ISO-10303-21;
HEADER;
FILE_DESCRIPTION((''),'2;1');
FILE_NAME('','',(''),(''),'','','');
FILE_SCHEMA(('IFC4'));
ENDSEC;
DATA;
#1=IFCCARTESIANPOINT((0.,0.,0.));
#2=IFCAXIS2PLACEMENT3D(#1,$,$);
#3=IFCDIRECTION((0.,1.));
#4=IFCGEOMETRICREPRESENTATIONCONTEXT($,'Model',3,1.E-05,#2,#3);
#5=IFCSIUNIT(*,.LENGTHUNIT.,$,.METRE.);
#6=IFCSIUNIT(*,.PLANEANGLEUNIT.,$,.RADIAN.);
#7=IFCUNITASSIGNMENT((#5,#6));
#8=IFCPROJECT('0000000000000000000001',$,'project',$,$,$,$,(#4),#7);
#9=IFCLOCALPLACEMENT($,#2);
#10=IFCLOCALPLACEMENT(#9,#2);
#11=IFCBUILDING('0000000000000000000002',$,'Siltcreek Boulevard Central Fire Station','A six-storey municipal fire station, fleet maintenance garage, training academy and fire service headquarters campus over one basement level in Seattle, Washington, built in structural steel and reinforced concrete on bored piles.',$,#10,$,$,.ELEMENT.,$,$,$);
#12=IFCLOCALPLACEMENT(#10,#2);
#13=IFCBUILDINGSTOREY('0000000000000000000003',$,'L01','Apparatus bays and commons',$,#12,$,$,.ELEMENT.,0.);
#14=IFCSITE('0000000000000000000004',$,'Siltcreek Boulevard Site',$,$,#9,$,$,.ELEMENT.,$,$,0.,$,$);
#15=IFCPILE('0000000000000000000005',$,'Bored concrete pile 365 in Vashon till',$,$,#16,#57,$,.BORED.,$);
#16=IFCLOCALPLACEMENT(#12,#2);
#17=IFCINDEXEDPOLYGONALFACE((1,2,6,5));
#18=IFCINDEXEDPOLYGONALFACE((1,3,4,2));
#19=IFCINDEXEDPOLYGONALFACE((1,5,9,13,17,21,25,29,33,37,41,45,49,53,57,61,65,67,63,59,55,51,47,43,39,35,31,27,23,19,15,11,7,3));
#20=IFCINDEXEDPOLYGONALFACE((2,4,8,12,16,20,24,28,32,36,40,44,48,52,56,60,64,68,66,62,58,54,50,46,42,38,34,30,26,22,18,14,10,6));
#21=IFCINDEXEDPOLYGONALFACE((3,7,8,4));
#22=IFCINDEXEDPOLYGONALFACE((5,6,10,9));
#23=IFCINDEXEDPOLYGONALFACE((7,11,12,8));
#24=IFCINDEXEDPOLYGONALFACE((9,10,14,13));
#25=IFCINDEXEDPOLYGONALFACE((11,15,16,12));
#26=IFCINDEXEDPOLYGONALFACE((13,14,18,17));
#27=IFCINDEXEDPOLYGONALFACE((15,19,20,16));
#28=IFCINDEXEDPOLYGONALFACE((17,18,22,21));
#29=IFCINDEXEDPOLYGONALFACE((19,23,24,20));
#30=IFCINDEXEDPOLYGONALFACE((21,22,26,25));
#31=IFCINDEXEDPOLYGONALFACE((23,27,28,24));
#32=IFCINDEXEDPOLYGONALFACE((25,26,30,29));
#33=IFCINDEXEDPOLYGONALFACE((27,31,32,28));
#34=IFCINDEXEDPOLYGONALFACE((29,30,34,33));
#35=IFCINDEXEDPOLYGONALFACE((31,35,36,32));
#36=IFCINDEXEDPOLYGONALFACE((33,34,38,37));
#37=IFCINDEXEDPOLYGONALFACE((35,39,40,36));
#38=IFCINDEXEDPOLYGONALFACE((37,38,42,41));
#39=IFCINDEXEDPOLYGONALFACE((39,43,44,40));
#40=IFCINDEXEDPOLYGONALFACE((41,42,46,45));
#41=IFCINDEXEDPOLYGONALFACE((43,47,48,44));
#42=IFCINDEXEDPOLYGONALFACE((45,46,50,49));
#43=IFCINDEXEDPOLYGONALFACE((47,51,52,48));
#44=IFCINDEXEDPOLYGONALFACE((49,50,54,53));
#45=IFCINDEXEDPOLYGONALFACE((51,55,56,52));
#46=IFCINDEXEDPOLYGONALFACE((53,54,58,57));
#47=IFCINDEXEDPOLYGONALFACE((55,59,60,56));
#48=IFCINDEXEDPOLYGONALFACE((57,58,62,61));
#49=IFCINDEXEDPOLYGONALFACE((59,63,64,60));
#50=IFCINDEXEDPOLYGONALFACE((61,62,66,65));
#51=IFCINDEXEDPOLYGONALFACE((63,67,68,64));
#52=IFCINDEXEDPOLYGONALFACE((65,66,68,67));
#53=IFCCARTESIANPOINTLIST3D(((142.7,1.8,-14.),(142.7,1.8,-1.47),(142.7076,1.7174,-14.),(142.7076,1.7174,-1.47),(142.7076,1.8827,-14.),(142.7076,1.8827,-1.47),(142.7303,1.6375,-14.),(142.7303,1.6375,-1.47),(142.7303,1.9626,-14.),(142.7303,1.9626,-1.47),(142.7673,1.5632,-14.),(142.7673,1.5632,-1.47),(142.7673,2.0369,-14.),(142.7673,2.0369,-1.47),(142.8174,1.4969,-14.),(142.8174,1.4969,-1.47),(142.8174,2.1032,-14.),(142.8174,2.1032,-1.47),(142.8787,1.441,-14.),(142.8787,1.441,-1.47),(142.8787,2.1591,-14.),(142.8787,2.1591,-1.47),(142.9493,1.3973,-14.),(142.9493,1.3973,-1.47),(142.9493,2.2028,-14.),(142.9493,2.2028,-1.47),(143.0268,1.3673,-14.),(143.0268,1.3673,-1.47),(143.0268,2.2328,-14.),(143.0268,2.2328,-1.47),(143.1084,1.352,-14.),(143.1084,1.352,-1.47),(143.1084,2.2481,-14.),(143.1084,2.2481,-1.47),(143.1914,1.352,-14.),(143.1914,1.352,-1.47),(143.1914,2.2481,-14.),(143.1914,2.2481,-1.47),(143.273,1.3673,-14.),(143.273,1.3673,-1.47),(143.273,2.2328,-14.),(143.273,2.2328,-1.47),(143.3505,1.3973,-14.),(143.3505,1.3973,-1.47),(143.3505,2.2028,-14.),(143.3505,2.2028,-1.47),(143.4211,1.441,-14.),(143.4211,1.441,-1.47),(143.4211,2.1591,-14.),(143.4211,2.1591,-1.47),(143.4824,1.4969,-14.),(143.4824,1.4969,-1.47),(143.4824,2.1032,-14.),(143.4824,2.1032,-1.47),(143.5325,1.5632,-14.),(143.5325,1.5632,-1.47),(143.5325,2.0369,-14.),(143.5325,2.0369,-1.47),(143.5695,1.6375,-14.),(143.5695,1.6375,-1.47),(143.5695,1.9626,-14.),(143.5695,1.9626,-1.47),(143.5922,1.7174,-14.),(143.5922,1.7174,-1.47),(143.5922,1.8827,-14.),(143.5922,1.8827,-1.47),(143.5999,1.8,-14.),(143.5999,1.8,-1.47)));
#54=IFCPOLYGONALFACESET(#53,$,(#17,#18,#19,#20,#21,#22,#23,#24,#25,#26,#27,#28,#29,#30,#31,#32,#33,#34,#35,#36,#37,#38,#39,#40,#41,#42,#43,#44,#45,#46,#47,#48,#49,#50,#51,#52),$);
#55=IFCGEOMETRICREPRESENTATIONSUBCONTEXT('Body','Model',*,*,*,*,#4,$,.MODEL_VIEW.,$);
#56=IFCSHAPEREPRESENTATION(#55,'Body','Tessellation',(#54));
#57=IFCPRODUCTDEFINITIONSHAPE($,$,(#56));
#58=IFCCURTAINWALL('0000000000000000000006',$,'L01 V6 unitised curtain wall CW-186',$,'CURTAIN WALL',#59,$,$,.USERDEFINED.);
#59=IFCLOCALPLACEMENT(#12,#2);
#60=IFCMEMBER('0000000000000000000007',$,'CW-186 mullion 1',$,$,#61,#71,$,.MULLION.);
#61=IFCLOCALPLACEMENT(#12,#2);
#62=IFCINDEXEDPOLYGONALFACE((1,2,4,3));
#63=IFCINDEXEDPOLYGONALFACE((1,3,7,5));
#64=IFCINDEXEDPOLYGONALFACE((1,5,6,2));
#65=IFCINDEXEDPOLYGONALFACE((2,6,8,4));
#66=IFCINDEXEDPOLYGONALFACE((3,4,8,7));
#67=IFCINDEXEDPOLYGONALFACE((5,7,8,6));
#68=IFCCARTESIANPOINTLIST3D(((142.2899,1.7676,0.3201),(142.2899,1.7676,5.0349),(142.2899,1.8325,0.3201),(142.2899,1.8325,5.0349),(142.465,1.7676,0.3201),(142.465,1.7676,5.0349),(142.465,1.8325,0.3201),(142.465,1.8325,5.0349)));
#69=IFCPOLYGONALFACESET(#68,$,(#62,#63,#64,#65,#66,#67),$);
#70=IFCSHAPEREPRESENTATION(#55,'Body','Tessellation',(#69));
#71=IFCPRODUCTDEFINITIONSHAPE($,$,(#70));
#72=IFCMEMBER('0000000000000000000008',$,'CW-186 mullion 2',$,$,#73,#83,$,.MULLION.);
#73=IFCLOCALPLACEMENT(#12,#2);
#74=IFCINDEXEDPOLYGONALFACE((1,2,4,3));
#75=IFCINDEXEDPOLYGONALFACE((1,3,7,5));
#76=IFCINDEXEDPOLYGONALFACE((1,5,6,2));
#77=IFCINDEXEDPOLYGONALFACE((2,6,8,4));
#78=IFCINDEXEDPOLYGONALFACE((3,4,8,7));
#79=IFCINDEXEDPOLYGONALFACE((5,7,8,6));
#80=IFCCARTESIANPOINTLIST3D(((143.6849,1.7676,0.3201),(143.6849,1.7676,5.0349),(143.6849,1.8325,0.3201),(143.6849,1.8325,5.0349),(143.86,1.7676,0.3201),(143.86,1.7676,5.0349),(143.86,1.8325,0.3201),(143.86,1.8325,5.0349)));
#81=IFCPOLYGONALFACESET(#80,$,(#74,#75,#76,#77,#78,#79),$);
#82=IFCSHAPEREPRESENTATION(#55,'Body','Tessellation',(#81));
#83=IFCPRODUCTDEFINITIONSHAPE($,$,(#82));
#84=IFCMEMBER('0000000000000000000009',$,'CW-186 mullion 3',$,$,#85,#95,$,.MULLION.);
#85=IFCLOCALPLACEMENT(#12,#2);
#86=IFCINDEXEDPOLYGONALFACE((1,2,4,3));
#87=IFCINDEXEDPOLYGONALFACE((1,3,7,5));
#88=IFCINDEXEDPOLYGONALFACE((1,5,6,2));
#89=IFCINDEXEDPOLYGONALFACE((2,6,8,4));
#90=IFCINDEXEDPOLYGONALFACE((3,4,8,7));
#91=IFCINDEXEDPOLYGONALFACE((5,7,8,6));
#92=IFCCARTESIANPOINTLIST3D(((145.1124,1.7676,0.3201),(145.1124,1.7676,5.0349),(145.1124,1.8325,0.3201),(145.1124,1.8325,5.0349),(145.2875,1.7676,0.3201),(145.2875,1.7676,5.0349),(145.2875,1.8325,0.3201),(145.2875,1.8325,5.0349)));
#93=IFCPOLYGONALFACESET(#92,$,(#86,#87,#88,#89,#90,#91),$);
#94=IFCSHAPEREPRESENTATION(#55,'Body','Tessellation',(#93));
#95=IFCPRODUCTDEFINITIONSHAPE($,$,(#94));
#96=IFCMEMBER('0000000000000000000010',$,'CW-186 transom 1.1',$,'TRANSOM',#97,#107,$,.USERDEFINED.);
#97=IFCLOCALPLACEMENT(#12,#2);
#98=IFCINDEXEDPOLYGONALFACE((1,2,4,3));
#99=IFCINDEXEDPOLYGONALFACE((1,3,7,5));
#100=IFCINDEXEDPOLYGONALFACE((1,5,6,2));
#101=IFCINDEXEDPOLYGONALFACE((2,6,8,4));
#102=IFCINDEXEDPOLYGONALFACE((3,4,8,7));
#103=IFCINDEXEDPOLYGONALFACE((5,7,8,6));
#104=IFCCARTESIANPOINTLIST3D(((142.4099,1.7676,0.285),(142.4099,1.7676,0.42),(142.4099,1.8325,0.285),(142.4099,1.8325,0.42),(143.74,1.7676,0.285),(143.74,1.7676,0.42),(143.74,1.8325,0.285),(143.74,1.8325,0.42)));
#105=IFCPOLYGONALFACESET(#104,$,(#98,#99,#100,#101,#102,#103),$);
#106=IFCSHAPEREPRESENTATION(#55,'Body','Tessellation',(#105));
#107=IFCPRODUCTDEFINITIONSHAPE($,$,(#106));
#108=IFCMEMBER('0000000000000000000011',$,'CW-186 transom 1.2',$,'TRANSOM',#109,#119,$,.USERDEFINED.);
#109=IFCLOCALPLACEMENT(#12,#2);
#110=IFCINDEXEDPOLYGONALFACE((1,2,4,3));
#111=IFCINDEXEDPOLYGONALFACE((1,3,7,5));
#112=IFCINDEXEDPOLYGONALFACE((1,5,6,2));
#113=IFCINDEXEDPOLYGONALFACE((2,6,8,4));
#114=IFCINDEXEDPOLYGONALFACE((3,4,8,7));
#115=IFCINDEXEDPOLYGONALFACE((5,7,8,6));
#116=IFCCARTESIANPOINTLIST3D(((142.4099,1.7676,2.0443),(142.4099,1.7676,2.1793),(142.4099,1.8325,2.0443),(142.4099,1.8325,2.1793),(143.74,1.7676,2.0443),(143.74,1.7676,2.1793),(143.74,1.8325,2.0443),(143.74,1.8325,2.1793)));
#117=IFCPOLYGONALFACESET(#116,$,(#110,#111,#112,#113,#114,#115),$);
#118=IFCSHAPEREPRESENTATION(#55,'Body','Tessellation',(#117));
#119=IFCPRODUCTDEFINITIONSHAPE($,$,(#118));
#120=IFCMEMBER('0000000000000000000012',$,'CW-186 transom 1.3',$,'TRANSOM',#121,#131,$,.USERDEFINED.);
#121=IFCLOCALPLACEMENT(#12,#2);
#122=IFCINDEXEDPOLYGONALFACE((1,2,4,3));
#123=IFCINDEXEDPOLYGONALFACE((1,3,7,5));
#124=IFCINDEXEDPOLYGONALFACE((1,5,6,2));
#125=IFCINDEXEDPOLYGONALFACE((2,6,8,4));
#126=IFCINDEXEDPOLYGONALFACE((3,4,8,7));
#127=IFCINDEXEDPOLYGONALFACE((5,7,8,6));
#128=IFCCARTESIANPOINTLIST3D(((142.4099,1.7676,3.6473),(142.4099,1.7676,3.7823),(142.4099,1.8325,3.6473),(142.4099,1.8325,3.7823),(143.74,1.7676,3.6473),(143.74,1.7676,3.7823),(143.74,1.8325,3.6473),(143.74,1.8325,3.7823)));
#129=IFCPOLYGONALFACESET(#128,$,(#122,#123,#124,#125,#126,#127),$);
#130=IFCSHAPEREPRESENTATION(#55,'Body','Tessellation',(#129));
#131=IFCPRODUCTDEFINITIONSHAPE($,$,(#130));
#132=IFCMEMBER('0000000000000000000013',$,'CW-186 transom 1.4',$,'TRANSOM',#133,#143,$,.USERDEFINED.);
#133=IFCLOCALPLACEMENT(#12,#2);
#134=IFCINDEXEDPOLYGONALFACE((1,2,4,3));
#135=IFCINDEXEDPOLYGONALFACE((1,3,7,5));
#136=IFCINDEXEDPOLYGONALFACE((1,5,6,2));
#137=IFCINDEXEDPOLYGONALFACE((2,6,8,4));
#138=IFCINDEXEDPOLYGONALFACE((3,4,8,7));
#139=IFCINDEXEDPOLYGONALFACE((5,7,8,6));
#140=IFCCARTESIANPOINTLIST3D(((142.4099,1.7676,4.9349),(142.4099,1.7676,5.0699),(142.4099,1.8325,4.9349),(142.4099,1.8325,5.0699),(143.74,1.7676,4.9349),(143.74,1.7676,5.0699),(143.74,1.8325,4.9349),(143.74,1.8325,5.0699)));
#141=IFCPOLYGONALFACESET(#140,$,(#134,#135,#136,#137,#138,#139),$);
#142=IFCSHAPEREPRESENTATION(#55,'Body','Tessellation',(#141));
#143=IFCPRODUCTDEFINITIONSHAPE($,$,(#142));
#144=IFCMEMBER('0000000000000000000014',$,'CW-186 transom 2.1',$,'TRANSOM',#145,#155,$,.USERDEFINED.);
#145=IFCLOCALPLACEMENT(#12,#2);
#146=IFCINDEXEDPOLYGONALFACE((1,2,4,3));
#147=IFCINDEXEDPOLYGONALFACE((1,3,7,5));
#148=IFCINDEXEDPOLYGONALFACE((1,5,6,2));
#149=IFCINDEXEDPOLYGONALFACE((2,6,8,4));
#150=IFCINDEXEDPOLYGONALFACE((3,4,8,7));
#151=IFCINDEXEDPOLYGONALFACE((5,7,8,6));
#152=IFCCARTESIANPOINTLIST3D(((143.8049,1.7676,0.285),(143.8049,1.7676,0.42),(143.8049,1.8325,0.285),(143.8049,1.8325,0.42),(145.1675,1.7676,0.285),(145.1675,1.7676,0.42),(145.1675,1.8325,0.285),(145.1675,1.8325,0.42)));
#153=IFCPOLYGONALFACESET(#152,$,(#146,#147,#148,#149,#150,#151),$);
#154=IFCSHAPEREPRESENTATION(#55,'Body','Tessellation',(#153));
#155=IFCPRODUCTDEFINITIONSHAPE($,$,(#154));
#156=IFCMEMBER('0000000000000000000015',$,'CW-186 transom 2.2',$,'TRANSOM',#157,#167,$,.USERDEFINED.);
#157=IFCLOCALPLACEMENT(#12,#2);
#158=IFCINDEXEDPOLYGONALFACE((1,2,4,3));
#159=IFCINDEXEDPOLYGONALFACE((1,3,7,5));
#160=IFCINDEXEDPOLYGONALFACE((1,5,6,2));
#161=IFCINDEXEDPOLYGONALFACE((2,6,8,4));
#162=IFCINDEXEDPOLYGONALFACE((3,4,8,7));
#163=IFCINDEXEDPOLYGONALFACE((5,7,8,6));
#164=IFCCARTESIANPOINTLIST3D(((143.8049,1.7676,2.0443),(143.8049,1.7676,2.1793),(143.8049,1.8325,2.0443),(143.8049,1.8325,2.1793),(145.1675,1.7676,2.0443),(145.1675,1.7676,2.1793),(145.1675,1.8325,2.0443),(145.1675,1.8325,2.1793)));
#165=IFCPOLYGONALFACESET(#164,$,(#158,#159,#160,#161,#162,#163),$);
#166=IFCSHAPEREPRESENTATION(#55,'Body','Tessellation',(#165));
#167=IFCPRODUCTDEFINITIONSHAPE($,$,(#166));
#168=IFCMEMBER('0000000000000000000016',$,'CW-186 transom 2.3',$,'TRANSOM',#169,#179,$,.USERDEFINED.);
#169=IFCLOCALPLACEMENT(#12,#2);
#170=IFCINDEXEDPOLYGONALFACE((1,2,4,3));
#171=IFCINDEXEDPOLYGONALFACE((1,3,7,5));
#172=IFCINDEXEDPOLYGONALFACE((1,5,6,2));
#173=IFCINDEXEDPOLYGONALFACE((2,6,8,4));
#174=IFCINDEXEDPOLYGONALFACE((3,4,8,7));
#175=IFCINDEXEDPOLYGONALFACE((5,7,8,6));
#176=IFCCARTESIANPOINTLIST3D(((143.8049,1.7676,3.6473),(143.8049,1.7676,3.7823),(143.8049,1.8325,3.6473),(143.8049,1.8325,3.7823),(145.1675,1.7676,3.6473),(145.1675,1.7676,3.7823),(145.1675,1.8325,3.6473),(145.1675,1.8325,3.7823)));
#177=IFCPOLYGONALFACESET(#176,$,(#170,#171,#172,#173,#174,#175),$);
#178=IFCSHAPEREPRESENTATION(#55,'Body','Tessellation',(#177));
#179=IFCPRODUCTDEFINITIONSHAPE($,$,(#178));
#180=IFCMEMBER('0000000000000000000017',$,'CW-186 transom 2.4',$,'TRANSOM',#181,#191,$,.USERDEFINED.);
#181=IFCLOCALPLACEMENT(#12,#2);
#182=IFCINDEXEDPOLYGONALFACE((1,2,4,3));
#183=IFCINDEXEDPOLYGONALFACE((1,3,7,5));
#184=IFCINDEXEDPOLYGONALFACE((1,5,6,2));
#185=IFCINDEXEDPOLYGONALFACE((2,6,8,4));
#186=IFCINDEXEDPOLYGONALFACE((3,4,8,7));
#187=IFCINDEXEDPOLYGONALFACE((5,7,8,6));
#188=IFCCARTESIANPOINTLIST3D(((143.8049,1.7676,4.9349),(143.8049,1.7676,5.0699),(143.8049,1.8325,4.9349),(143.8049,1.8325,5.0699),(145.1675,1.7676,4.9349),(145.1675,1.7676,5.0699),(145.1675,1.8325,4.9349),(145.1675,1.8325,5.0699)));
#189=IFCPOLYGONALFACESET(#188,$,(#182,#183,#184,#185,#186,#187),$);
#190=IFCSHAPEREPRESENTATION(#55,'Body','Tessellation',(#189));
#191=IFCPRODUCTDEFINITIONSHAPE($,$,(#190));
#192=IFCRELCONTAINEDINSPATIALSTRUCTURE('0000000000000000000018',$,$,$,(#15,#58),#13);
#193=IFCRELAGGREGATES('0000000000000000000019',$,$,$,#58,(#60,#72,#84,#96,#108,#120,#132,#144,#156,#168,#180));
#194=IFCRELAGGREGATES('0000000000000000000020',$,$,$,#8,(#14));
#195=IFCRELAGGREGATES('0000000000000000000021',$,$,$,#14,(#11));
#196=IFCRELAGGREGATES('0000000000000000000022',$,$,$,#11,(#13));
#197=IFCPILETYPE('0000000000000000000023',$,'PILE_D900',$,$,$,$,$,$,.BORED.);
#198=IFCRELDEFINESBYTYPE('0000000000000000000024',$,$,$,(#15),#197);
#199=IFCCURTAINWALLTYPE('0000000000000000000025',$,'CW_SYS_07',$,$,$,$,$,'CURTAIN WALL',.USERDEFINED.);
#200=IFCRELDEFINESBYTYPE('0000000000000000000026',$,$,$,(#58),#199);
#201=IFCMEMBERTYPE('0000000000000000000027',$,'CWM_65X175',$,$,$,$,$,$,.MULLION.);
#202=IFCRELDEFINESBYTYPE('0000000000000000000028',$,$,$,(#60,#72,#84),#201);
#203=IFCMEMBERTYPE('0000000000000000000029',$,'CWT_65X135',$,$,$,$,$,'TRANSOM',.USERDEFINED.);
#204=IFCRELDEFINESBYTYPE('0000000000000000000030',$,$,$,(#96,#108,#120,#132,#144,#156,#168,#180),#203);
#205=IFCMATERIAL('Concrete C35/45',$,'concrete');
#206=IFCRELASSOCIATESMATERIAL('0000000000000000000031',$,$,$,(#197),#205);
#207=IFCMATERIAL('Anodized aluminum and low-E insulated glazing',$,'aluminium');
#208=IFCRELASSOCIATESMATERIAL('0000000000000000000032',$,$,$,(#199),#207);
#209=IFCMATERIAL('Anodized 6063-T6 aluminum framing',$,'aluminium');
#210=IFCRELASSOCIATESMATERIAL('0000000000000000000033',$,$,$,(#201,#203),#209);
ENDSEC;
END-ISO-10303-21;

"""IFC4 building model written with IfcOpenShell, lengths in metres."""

from ifc_helpers import new_model, si_unit, direction, frame, origin, origin_2d, place, context, subcontext, project, spatial, rectangle, circle, extrude, material, material_profile, profile_set, type_object, element, aggregate, save


model = new_model("IFC4")

# Units and contexts
model_context = context("Model", 3, precision=1e-05, world=origin(), true_north=direction((0.0, 1.0)))
body_context = subcontext(model_context, "Body", "Model", "MODEL_VIEW")
ifc_project = project(units=[si_unit("LENGTHUNIT", "METRE"), si_unit("PLANEANGLEUNIT", "RADIAN")], contexts=[model_context])

# Site, building, storey
site_placement = place(None, origin())
site = spatial("IfcSite", under=ifc_project, at=site_placement, Name="Siltcreek Boulevard Site", CompositionType="ELEMENT", RefElevation=0.0)
building_placement = place(site_placement, origin())
building = spatial("IfcBuilding", under=site, at=building_placement, Name="Siltcreek Boulevard Central Fire Station", Description="A six-storey municipal fire station, fleet maintenance garage, training academy and fire service headquarters campus over one basement level in Seattle, Washington, built in structural steel and reinforced concrete on bored piles.", CompositionType="ELEMENT")
storey_placement = place(building_placement, origin())
storey = spatial("IfcBuildingStorey", under=building, at=storey_placement, Name="L01", Description="Apparatus bays and commons", CompositionType="ELEMENT", Elevation=0.0)

# Pile
ifc_material_1 = material(Name="Concrete C35/45", Category="concrete")
ifc_material_profile_1 = material_profile(ifc_material_1, circle(Radius=0.45, at=origin_2d()), Name="SHAFT900")
ifc_profile_set_1 = profile_set([ifc_material_profile_1], Name="Concrete C35/45")
pile_type = type_object("IfcPileType", Name="PILE_D900", PredefinedType="BORED", material=ifc_profile_set_1)
pile_placement = place(storey_placement, frame((143.1499, 1.8, -1.47), z_axis=(0.0, 0.0, -1.0), x_axis=(1.0, 0.0, 0.0)))
element("IfcPile", 1, at=pile_placement, inside=storey, type_object=pile_type, Name="Bored concrete pile 365 in Vashon till", PredefinedType="BORED", context=body_context, shape_type="SweptSolid", body=[
    extrude(circle(Radius=0.45, at=origin_2d()), origin(), (0.0, 0.0, 1.0), 12.53),
])

# Curtain wall, members
ifc_material_2 = material(Name="Anodized aluminum and low-E insulated glazing", Category="aluminium")
curtain_wall_type = type_object("IfcCurtainWallType", Name="CW_SYS_07", ElementType="CURTAIN WALL", PredefinedType="USERDEFINED", material=ifc_material_2)
curtain_wall_placement = place(storey_placement, origin())
curtain_wall = element("IfcCurtainWall", 2, at=curtain_wall_placement, inside=storey, type_object=curtain_wall_type, Name="L01 V6 unitised curtain wall CW-186", ObjectType="CURTAIN WALL", PredefinedType="USERDEFINED")
ifc_material_3 = material(Name="Anodized 6063-T6 aluminum framing", Category="aluminium")
ifc_material_profile_2 = material_profile(ifc_material_3, rectangle(XDim=0.0649, YDim=0.175, at=origin_2d()), Name="MULL65X175")
ifc_profile_set_2 = profile_set([ifc_material_profile_2], Name="Anodized 6063-T6 aluminum framing")
member_type_1 = type_object("IfcMemberType", Name="CWM_65X175", PredefinedType="MULLION", material=ifc_profile_set_2)
member_1_placement = place(storey_placement, frame((142.3774, 1.8, 0.3201), z_axis=(0.0, 0.0, 1.0), x_axis=(0.0, 1.0, 0.0)))
member_1 = element("IfcMember", 3, at=member_1_placement, type_object=member_type_1, Name="CW-186 mullion 1", PredefinedType="MULLION", context=body_context, shape_type="SweptSolid", body=[
    extrude(rectangle(XDim=0.0649, YDim=0.175, at=origin_2d()), origin(), (0.0, 0.0, 1.0), 4.7148),
])
member_2_placement = place(storey_placement, frame((143.7725, 1.8, 0.3201), z_axis=(0.0, 0.0, 1.0), x_axis=(0.0, 1.0, 0.0)))
member_2 = element("IfcMember", 4, at=member_2_placement, type_object=member_type_1, Name="CW-186 mullion 2", PredefinedType="MULLION", context=body_context, shape_type="SweptSolid", body=[
    extrude(rectangle(XDim=0.0649, YDim=0.175, at=origin_2d()), origin(), (0.0, 0.0, 1.0), 4.7148),
])
member_3_placement = place(storey_placement, frame((145.2, 1.8, 0.3201), z_axis=(0.0, 0.0, 1.0), x_axis=(0.0, 1.0, 0.0)))
member_3 = element("IfcMember", 5, at=member_3_placement, type_object=member_type_1, Name="CW-186 mullion 3", PredefinedType="MULLION", context=body_context, shape_type="SweptSolid", body=[
    extrude(rectangle(XDim=0.0649, YDim=0.175, at=origin_2d()), origin(), (0.0, 0.0, 1.0), 4.7148),
])
ifc_material_profile_3 = material_profile(ifc_material_3, rectangle(XDim=0.0649, YDim=0.135, at=origin_2d()), Name="TRAN65X135")
ifc_profile_set_3 = profile_set([ifc_material_profile_3], Name="Anodized 6063-T6 aluminum framing")
member_type_2 = type_object("IfcMemberType", Name="CWT_65X135", ElementType="TRANSOM", PredefinedType="USERDEFINED", material=ifc_profile_set_3)
member_4_placement = place(storey_placement, frame((142.4099, 1.8, 0.3525), z_axis=(1.0, 0.0, 0.0), x_axis=(0.0, 1.0, 0.0)))
member_4 = element("IfcMember", 6, at=member_4_placement, type_object=member_type_2, Name="CW-186 transom 1.1", ObjectType="TRANSOM", PredefinedType="USERDEFINED", context=body_context, shape_type="SweptSolid", body=[
    extrude(rectangle(XDim=0.0649, YDim=0.135, at=origin_2d()), origin(), (0.0, 0.0, 1.0), 1.3301),
])
member_5_placement = place(storey_placement, frame((142.4099, 1.8, 2.1118), z_axis=(1.0, 0.0, 0.0), x_axis=(0.0, 1.0, 0.0)))
member_5 = element("IfcMember", 7, at=member_5_placement, type_object=member_type_2, Name="CW-186 transom 1.2", ObjectType="TRANSOM", PredefinedType="USERDEFINED", context=body_context, shape_type="SweptSolid", body=[
    extrude(rectangle(XDim=0.0649, YDim=0.135, at=origin_2d()), origin(), (0.0, 0.0, 1.0), 1.3301),
])
member_6_placement = place(storey_placement, frame((142.4099, 1.8, 3.7148), z_axis=(1.0, 0.0, 0.0), x_axis=(0.0, 1.0, 0.0)))
member_6 = element("IfcMember", 8, at=member_6_placement, type_object=member_type_2, Name="CW-186 transom 1.3", ObjectType="TRANSOM", PredefinedType="USERDEFINED", context=body_context, shape_type="SweptSolid", body=[
    extrude(rectangle(XDim=0.0649, YDim=0.135, at=origin_2d()), origin(), (0.0, 0.0, 1.0), 1.3301),
])
member_7_placement = place(storey_placement, frame((142.4099, 1.8, 5.0024), z_axis=(1.0, 0.0, 0.0), x_axis=(0.0, 1.0, 0.0)))
member_7 = element("IfcMember", 9, at=member_7_placement, type_object=member_type_2, Name="CW-186 transom 1.4", ObjectType="TRANSOM", PredefinedType="USERDEFINED", context=body_context, shape_type="SweptSolid", body=[
    extrude(rectangle(XDim=0.0649, YDim=0.135, at=origin_2d()), origin(), (0.0, 0.0, 1.0), 1.3301),
])
member_8_placement = place(storey_placement, frame((143.8049, 1.8, 0.3525), z_axis=(1.0, 0.0, 0.0), x_axis=(0.0, 1.0, 0.0)))
member_8 = element("IfcMember", 10, at=member_8_placement, type_object=member_type_2, Name="CW-186 transom 2.1", ObjectType="TRANSOM", PredefinedType="USERDEFINED", context=body_context, shape_type="SweptSolid", body=[
    extrude(rectangle(XDim=0.0649, YDim=0.135, at=origin_2d()), origin(), (0.0, 0.0, 1.0), 1.3625),
])
member_9_placement = place(storey_placement, frame((143.8049, 1.8, 2.1118), z_axis=(1.0, 0.0, 0.0), x_axis=(0.0, 1.0, 0.0)))
member_9 = element("IfcMember", 11, at=member_9_placement, type_object=member_type_2, Name="CW-186 transom 2.2", ObjectType="TRANSOM", PredefinedType="USERDEFINED", context=body_context, shape_type="SweptSolid", body=[
    extrude(rectangle(XDim=0.0649, YDim=0.135, at=origin_2d()), origin(), (0.0, 0.0, 1.0), 1.3625),
])
member_10_placement = place(storey_placement, frame((143.8049, 1.8, 3.7148), z_axis=(1.0, 0.0, 0.0), x_axis=(0.0, 1.0, 0.0)))
member_10 = element("IfcMember", 12, at=member_10_placement, type_object=member_type_2, Name="CW-186 transom 2.3", ObjectType="TRANSOM", PredefinedType="USERDEFINED", context=body_context, shape_type="SweptSolid", body=[
    extrude(rectangle(XDim=0.0649, YDim=0.135, at=origin_2d()), origin(), (0.0, 0.0, 1.0), 1.3625),
])
member_11_placement = place(storey_placement, frame((143.8049, 1.8, 5.0024), z_axis=(1.0, 0.0, 0.0), x_axis=(0.0, 1.0, 0.0)))
member_11 = element("IfcMember", 13, at=member_11_placement, type_object=member_type_2, Name="CW-186 transom 2.4", ObjectType="TRANSOM", PredefinedType="USERDEFINED", context=body_context, shape_type="SweptSolid", body=[
    extrude(rectangle(XDim=0.0649, YDim=0.135, at=origin_2d()), origin(), (0.0, 0.0, 1.0), 1.3625),
])

aggregate(curtain_wall, [member_1, member_2, member_3, member_4, member_5, member_6, member_7, member_8, member_9, member_10, member_11])

save(model, "model.ifc")
